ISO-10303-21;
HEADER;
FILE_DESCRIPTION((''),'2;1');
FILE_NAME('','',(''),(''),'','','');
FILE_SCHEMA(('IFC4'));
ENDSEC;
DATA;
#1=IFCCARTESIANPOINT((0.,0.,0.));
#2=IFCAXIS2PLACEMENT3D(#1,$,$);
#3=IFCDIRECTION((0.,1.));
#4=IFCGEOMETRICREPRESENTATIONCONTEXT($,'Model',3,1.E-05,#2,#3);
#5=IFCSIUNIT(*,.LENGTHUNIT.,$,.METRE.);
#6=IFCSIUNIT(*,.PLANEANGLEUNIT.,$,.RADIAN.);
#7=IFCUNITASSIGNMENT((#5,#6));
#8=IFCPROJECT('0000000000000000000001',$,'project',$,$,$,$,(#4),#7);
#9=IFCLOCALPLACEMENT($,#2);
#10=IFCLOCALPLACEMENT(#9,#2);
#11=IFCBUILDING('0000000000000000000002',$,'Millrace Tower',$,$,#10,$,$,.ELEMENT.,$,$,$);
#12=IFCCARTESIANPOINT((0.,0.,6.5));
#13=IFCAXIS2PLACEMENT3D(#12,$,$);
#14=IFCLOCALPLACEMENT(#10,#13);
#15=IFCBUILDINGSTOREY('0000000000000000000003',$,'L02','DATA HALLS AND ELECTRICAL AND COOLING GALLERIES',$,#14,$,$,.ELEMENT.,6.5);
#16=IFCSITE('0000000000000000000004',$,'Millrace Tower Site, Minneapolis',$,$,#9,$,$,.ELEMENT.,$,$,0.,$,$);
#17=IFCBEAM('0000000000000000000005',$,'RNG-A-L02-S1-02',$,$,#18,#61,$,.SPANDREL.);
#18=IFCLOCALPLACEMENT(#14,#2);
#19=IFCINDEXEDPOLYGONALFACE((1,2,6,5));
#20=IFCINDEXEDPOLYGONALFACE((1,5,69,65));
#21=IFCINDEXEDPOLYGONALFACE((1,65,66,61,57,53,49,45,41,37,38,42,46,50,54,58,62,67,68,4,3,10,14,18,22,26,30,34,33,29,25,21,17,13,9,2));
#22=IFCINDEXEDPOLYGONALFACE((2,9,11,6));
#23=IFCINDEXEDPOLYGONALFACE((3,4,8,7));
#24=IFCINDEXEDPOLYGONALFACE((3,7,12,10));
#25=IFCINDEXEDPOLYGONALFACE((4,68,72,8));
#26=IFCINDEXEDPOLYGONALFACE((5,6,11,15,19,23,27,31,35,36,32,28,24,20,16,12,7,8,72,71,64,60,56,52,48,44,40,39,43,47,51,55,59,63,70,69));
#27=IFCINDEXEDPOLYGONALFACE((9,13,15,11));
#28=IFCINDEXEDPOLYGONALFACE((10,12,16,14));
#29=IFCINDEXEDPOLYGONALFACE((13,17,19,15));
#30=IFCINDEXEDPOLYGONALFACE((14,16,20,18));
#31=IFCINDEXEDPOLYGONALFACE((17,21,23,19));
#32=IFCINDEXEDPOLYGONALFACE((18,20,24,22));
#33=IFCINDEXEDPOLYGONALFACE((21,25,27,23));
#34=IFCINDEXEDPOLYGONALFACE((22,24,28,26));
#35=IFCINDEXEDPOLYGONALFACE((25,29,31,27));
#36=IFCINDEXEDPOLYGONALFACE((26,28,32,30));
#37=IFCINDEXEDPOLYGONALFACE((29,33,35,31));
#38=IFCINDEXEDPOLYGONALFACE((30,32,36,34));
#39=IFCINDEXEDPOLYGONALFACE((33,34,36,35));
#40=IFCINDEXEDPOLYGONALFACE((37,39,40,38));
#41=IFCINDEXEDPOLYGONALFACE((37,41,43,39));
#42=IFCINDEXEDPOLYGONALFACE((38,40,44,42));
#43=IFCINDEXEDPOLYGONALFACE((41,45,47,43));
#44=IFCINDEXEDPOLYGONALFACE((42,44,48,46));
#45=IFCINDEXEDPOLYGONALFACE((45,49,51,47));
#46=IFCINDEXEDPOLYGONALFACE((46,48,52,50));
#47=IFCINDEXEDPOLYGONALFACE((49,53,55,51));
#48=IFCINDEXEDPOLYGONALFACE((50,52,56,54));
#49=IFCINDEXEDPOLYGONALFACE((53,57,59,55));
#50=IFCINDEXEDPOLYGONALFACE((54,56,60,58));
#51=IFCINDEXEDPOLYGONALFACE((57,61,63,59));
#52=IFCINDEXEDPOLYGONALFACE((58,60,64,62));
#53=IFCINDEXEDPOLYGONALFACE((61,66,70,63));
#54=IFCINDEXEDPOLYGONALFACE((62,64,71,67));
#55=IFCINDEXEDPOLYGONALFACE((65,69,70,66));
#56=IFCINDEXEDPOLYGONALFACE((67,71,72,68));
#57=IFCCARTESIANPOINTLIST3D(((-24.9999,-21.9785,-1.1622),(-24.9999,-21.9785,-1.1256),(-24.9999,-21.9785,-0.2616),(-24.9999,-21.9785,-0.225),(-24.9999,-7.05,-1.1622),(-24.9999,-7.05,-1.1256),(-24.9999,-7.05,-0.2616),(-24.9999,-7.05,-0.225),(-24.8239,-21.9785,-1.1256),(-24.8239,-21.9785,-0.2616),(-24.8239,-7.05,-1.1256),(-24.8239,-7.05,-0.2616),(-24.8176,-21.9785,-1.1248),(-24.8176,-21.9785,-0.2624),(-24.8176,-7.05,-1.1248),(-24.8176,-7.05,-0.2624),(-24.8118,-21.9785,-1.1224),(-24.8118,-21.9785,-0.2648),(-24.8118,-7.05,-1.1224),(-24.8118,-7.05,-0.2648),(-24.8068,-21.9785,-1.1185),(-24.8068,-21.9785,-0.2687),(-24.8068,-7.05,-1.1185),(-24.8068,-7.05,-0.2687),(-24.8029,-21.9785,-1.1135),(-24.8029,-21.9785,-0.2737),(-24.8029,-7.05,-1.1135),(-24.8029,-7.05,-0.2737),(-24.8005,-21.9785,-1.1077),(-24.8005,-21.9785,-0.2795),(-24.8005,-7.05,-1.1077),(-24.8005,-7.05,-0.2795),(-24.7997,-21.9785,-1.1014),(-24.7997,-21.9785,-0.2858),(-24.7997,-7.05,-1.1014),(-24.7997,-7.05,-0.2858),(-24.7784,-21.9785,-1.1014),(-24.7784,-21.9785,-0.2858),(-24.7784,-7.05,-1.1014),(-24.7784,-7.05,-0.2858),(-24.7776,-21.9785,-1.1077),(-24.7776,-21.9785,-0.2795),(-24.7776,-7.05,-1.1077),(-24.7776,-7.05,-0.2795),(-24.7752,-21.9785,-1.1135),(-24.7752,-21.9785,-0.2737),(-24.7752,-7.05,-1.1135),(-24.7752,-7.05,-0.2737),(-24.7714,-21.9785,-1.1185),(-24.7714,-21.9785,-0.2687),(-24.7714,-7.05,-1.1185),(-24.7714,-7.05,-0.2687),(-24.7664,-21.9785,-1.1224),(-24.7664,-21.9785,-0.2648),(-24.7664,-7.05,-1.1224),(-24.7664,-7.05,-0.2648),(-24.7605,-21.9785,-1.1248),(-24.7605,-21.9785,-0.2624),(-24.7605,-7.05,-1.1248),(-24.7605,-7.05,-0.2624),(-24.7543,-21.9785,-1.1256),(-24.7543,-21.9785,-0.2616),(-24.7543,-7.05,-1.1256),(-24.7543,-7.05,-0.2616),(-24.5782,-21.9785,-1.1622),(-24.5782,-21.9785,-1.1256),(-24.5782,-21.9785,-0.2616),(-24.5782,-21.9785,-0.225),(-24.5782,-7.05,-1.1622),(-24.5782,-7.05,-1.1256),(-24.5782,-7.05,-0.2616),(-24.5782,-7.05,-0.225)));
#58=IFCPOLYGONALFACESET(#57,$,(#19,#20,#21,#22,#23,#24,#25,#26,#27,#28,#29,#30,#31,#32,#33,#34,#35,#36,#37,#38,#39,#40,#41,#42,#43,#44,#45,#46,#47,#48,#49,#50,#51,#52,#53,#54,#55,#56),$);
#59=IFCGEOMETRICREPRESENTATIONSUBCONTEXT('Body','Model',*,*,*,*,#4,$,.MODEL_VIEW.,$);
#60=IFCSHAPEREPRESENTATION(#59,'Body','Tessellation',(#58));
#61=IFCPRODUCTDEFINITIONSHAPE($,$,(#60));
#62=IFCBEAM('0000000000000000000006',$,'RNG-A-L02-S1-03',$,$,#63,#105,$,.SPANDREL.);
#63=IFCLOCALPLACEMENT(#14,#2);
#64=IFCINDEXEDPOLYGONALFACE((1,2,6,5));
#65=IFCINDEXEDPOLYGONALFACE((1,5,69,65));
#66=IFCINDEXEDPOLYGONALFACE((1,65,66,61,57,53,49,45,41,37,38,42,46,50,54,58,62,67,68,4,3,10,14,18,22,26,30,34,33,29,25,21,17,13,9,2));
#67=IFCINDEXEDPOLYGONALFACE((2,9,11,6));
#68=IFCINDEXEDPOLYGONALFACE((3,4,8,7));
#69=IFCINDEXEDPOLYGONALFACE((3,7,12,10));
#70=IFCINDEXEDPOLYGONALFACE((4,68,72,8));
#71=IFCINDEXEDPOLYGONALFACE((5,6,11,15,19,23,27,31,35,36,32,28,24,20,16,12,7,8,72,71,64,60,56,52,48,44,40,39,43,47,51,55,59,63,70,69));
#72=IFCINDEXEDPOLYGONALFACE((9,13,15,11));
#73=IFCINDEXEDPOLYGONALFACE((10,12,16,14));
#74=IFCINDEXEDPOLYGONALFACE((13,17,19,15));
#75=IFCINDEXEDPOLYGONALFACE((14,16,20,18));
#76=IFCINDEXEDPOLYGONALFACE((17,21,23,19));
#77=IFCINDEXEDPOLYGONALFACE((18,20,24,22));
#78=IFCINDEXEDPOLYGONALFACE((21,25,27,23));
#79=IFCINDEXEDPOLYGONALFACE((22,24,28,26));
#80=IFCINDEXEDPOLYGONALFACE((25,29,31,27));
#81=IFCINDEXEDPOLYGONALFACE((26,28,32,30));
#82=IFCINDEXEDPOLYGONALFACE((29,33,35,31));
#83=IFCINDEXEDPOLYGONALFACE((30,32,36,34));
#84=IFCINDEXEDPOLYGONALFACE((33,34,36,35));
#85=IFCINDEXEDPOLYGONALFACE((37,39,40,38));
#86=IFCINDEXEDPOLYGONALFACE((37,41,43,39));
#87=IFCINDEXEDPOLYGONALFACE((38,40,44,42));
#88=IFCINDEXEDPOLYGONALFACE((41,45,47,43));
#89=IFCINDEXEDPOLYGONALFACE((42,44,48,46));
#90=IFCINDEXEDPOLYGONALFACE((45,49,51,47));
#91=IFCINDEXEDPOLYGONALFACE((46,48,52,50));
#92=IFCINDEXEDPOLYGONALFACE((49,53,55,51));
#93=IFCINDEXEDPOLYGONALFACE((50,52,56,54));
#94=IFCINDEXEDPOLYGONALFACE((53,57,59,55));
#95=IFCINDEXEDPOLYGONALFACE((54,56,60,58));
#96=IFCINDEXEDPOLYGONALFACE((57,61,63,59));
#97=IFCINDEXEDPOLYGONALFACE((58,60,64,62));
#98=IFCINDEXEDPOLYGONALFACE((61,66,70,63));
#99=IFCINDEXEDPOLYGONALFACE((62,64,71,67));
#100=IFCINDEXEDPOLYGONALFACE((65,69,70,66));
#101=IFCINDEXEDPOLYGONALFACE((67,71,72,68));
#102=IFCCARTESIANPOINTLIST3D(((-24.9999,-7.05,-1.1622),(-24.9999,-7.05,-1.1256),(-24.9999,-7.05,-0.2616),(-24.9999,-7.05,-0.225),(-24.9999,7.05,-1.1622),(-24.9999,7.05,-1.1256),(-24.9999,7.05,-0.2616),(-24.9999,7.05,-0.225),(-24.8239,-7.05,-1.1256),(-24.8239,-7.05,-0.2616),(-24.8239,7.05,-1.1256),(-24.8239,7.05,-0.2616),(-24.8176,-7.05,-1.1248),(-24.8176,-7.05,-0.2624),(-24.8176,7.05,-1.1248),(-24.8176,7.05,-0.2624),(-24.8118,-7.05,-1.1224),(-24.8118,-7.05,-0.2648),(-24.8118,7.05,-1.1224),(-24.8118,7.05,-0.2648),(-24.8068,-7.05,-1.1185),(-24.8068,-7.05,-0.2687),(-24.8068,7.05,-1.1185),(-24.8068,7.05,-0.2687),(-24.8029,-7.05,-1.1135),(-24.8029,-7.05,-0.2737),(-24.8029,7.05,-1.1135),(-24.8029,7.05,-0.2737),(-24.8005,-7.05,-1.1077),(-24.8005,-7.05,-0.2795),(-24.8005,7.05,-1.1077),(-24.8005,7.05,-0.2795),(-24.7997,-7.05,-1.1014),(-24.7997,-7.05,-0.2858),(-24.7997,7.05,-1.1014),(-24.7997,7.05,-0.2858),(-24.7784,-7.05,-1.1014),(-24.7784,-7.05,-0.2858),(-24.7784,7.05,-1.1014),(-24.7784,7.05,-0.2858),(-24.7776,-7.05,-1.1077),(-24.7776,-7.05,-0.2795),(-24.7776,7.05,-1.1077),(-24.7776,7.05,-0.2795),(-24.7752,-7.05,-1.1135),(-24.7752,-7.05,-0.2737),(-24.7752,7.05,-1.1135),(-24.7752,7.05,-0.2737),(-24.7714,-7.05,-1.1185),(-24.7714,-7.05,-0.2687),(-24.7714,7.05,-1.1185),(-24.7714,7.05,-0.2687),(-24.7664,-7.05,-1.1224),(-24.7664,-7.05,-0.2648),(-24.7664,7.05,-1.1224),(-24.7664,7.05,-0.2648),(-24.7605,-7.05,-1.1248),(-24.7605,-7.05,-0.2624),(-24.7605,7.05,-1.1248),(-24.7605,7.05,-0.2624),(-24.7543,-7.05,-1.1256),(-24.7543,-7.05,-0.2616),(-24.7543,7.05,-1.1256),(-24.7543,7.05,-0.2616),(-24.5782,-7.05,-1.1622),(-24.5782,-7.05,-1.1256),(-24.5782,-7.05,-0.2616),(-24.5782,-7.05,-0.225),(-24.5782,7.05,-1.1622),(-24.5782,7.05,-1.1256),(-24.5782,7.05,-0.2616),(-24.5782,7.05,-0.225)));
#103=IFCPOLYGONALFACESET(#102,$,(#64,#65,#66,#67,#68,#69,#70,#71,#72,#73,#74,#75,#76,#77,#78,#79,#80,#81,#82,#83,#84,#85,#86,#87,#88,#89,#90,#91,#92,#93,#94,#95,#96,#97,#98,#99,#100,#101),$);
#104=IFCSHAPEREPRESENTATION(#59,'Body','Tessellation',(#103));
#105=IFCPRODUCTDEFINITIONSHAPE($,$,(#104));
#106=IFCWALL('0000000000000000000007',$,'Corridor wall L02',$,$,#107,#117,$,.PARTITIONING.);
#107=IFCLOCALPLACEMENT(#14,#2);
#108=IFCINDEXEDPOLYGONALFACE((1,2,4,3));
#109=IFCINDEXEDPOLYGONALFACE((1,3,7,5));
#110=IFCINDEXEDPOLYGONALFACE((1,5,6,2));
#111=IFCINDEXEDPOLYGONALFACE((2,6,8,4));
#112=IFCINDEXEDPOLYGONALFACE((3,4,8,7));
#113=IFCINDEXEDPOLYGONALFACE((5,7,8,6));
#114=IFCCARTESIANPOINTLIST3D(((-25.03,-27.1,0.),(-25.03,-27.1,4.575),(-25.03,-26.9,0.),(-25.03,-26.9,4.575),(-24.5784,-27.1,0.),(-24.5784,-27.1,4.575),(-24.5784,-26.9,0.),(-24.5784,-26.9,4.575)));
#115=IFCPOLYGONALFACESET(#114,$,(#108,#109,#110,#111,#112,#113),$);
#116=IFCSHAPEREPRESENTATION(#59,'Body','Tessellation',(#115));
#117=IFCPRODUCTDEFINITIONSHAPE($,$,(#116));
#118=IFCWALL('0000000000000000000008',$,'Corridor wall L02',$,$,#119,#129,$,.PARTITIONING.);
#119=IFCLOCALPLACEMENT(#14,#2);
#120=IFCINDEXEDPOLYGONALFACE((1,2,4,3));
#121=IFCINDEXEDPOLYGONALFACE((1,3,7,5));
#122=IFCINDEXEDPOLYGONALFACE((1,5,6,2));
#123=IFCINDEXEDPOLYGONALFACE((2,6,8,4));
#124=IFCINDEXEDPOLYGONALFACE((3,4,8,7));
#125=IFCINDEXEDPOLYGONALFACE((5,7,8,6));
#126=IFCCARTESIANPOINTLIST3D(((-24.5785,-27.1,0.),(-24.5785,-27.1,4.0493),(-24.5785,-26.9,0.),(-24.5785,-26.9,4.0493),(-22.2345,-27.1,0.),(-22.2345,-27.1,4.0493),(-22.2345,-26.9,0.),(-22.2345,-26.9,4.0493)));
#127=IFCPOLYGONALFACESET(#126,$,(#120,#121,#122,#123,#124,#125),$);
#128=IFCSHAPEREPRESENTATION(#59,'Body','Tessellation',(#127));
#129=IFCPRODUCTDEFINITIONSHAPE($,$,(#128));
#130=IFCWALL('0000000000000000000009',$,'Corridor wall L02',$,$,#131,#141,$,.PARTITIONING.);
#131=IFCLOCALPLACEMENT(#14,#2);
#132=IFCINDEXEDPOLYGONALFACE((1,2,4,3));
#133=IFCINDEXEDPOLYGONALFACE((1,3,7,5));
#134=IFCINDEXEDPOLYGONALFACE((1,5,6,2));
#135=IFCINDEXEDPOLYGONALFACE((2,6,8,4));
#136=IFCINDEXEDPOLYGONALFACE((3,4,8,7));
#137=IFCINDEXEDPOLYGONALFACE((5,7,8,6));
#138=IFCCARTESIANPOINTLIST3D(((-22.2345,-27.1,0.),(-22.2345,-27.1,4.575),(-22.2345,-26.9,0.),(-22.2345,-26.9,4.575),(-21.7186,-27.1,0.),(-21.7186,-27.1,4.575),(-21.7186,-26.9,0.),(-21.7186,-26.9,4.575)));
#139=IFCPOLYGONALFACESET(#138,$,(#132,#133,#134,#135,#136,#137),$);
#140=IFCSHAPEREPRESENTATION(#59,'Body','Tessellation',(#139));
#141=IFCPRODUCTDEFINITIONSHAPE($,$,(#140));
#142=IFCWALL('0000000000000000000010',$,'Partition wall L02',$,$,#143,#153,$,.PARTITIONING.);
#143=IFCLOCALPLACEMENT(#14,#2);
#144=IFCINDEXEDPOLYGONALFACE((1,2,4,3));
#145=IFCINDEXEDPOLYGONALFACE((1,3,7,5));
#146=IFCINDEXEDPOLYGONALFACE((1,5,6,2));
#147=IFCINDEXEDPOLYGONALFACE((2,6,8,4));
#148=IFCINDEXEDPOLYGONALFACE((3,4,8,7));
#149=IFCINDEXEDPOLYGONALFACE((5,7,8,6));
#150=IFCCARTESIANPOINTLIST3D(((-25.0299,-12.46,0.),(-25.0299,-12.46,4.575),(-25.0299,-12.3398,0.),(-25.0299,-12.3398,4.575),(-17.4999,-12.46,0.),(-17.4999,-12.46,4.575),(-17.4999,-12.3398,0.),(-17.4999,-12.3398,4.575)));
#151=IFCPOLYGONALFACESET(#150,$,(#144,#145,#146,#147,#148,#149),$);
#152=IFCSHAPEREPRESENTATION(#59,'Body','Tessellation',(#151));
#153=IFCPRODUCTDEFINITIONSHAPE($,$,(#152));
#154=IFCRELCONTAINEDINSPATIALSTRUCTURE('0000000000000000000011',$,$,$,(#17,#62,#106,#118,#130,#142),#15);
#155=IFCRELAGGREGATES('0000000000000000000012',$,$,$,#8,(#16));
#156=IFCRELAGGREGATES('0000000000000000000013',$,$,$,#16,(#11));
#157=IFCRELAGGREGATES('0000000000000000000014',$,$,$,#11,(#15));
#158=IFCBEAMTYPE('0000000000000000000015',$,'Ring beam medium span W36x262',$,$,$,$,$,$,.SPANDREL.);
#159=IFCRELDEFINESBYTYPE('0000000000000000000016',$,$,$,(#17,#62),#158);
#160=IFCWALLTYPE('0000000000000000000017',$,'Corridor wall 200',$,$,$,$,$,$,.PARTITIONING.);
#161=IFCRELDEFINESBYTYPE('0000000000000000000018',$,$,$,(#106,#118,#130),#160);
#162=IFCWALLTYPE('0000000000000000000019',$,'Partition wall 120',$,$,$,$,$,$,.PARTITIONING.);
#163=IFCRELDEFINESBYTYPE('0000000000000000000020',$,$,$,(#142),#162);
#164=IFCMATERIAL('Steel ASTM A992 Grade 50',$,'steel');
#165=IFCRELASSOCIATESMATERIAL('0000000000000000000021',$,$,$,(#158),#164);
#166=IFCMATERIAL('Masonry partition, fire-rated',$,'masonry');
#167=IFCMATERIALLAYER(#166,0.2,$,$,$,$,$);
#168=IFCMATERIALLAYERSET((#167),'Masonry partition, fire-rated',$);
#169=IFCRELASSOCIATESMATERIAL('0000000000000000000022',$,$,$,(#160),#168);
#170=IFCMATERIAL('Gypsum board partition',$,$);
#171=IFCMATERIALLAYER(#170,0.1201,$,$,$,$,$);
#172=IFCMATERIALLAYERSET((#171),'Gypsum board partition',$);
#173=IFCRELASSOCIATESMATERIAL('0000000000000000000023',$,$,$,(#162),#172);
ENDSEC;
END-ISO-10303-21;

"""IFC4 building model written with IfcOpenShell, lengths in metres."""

from ifc_helpers import new_model, si_unit, direction, frame, frame_2d, origin, origin_2d, place, context, subcontext, project, spatial, rectangle, i_section, extrude, material, layer, layer_set, material_profile, profile_set, type_object, element, save


model = new_model("IFC4")

# Units and contexts
model_context = context("Model", 3, precision=1e-05, world=origin(), true_north=direction((0.0, 1.0)))
body_context = subcontext(model_context, "Body", "Model", "MODEL_VIEW")
ifc_project = project(units=[si_unit("LENGTHUNIT", "METRE"), si_unit("PLANEANGLEUNIT", "RADIAN")], contexts=[model_context])

# Site, building, storey
site_placement = place(None, origin())
site = spatial("IfcSite", under=ifc_project, at=site_placement, Name="Millrace Tower Site, Minneapolis", CompositionType="ELEMENT", RefElevation=0.0)
building_placement = place(site_placement, origin())
building = spatial("IfcBuilding", under=site, at=building_placement, Name="Millrace Tower", CompositionType="ELEMENT")
storey_placement = place(building_placement, frame((0.0, 0.0, 6.5)))
storey = spatial("IfcBuildingStorey", under=building, at=storey_placement, Name="L02", Description="DATA HALLS AND ELECTRICAL AND COOLING GALLERIES", CompositionType="ELEMENT", Elevation=6.5)

# Beams
ifc_material_1 = material(Name="Steel ASTM A992 Grade 50", Category="steel")
ifc_material_profile_1 = material_profile(ifc_material_1, i_section(OverallWidth=0.4216, OverallDepth=0.9373, WebThickness=0.0212, FlangeThickness=0.0366, FilletRadius=0.0242, at=origin_2d()))
ifc_profile_set_1 = profile_set([ifc_material_profile_1], Name="Steel ASTM A992 Grade 50")
beam_type_1 = type_object("IfcBeamType", Name="Ring beam medium span W36x262", PredefinedType="SPANDREL", material=ifc_profile_set_1)
beam_1_placement = place(storey_placement, frame((-24.7891, -21.9785, -0.6936), z_axis=(0.0, 1.0, 0.0), x_axis=(-1.0, 0.0, 0.0)))
element("IfcBeam", 1, at=beam_1_placement, inside=storey, type_object=beam_type_1, Name="RNG-A-L02-S1-02", PredefinedType="SPANDREL", context=body_context, shape_type="SweptSolid", body=[
    extrude(i_section(OverallWidth=0.4216, OverallDepth=0.9373, WebThickness=0.0212, FlangeThickness=0.0366, FilletRadius=0.0242, at=origin_2d()), origin(), (0.0, 0.0, 1.0), 14.9285),
])
beam_2_placement = place(storey_placement, frame((-24.7891, -7.05, -0.6936), z_axis=(0.0, 1.0, 0.0), x_axis=(-1.0, 0.0, 0.0)))
element("IfcBeam", 2, at=beam_2_placement, inside=storey, type_object=beam_type_1, Name="RNG-A-L02-S1-03", PredefinedType="SPANDREL", context=body_context, shape_type="SweptSolid", body=[
    extrude(i_section(OverallWidth=0.4216, OverallDepth=0.9373, WebThickness=0.0212, FlangeThickness=0.0366, FilletRadius=0.0242, at=origin_2d()), origin(), (0.0, 0.0, 1.0), 14.1001),
])

# Walls
ifc_material_2 = material(Name="Masonry partition, fire-rated", Category="masonry")
ifc_layer_1 = layer(ifc_material_2, 0.2)
ifc_layer_set_1 = layer_set([ifc_layer_1], Name="Masonry partition, fire-rated")
wall_type_1 = type_object("IfcWallType", Name="Corridor wall 200", PredefinedType="PARTITIONING", material=ifc_layer_set_1)
wall_1_placement = place(storey_placement, frame((-25.03, -27.0, 0.0), z_axis=(0.0, 0.0, 1.0), x_axis=(1.0, 0.0, 0.0)))
element("IfcWall", 3, at=wall_1_placement, inside=storey, type_object=wall_type_1, Name="Corridor wall L02", PredefinedType="PARTITIONING", context=body_context, shape_type="SweptSolid", body=[
    extrude(rectangle(XDim=0.4517, YDim=0.2, at=frame_2d((0.2258, 0.0))), origin(), (0.0, 0.0, 1.0), 4.575),
])
wall_2_placement = place(storey_placement, frame((-24.5784, -27.0, 0.0), z_axis=(0.0, 0.0, 1.0), x_axis=(1.0, 0.0, 0.0)))
element("IfcWall", 4, at=wall_2_placement, inside=storey, type_object=wall_type_1, Name="Corridor wall L02", PredefinedType="PARTITIONING", context=body_context, shape_type="SweptSolid", body=[
    extrude(rectangle(XDim=2.344, YDim=0.2, at=frame_2d((1.1719, 0.0))), origin(), (0.0, 0.0, 1.0), 4.0493),
])
wall_3_placement = place(storey_placement, frame((-22.2344, -27.0, 0.0), z_axis=(0.0, 0.0, 1.0), x_axis=(1.0, 0.0, 0.0)))
element("IfcWall", 5, at=wall_3_placement, inside=storey, type_object=wall_type_1, Name="Corridor wall L02", PredefinedType="PARTITIONING", context=body_context, shape_type="SweptSolid", body=[
    extrude(rectangle(XDim=0.5159, YDim=0.2, at=frame_2d((0.2578, 0.0))), origin(), (0.0, 0.0, 1.0), 4.575),
])
ifc_material_3 = material(Name="Gypsum board partition")
ifc_layer_2 = layer(ifc_material_3, 0.1201)
ifc_layer_set_2 = layer_set([ifc_layer_2], Name="Gypsum board partition")
wall_type_2 = type_object("IfcWallType", Name="Partition wall 120", PredefinedType="PARTITIONING", material=ifc_layer_set_2)
wall_4_placement = place(storey_placement, frame((-25.03, -12.3999, 0.0), z_axis=(0.0, 0.0, 1.0), x_axis=(1.0, 0.0, 0.0)))
element("IfcWall", 6, at=wall_4_placement, inside=storey, type_object=wall_type_2, Name="Partition wall L02", PredefinedType="PARTITIONING", context=body_context, shape_type="SweptSolid", body=[
    extrude(rectangle(XDim=7.53, YDim=0.1201, at=frame_2d((3.7651, 0.0))), origin(), (0.0, 0.0, 1.0), 4.575),
])

save(model, "model.ifc")
